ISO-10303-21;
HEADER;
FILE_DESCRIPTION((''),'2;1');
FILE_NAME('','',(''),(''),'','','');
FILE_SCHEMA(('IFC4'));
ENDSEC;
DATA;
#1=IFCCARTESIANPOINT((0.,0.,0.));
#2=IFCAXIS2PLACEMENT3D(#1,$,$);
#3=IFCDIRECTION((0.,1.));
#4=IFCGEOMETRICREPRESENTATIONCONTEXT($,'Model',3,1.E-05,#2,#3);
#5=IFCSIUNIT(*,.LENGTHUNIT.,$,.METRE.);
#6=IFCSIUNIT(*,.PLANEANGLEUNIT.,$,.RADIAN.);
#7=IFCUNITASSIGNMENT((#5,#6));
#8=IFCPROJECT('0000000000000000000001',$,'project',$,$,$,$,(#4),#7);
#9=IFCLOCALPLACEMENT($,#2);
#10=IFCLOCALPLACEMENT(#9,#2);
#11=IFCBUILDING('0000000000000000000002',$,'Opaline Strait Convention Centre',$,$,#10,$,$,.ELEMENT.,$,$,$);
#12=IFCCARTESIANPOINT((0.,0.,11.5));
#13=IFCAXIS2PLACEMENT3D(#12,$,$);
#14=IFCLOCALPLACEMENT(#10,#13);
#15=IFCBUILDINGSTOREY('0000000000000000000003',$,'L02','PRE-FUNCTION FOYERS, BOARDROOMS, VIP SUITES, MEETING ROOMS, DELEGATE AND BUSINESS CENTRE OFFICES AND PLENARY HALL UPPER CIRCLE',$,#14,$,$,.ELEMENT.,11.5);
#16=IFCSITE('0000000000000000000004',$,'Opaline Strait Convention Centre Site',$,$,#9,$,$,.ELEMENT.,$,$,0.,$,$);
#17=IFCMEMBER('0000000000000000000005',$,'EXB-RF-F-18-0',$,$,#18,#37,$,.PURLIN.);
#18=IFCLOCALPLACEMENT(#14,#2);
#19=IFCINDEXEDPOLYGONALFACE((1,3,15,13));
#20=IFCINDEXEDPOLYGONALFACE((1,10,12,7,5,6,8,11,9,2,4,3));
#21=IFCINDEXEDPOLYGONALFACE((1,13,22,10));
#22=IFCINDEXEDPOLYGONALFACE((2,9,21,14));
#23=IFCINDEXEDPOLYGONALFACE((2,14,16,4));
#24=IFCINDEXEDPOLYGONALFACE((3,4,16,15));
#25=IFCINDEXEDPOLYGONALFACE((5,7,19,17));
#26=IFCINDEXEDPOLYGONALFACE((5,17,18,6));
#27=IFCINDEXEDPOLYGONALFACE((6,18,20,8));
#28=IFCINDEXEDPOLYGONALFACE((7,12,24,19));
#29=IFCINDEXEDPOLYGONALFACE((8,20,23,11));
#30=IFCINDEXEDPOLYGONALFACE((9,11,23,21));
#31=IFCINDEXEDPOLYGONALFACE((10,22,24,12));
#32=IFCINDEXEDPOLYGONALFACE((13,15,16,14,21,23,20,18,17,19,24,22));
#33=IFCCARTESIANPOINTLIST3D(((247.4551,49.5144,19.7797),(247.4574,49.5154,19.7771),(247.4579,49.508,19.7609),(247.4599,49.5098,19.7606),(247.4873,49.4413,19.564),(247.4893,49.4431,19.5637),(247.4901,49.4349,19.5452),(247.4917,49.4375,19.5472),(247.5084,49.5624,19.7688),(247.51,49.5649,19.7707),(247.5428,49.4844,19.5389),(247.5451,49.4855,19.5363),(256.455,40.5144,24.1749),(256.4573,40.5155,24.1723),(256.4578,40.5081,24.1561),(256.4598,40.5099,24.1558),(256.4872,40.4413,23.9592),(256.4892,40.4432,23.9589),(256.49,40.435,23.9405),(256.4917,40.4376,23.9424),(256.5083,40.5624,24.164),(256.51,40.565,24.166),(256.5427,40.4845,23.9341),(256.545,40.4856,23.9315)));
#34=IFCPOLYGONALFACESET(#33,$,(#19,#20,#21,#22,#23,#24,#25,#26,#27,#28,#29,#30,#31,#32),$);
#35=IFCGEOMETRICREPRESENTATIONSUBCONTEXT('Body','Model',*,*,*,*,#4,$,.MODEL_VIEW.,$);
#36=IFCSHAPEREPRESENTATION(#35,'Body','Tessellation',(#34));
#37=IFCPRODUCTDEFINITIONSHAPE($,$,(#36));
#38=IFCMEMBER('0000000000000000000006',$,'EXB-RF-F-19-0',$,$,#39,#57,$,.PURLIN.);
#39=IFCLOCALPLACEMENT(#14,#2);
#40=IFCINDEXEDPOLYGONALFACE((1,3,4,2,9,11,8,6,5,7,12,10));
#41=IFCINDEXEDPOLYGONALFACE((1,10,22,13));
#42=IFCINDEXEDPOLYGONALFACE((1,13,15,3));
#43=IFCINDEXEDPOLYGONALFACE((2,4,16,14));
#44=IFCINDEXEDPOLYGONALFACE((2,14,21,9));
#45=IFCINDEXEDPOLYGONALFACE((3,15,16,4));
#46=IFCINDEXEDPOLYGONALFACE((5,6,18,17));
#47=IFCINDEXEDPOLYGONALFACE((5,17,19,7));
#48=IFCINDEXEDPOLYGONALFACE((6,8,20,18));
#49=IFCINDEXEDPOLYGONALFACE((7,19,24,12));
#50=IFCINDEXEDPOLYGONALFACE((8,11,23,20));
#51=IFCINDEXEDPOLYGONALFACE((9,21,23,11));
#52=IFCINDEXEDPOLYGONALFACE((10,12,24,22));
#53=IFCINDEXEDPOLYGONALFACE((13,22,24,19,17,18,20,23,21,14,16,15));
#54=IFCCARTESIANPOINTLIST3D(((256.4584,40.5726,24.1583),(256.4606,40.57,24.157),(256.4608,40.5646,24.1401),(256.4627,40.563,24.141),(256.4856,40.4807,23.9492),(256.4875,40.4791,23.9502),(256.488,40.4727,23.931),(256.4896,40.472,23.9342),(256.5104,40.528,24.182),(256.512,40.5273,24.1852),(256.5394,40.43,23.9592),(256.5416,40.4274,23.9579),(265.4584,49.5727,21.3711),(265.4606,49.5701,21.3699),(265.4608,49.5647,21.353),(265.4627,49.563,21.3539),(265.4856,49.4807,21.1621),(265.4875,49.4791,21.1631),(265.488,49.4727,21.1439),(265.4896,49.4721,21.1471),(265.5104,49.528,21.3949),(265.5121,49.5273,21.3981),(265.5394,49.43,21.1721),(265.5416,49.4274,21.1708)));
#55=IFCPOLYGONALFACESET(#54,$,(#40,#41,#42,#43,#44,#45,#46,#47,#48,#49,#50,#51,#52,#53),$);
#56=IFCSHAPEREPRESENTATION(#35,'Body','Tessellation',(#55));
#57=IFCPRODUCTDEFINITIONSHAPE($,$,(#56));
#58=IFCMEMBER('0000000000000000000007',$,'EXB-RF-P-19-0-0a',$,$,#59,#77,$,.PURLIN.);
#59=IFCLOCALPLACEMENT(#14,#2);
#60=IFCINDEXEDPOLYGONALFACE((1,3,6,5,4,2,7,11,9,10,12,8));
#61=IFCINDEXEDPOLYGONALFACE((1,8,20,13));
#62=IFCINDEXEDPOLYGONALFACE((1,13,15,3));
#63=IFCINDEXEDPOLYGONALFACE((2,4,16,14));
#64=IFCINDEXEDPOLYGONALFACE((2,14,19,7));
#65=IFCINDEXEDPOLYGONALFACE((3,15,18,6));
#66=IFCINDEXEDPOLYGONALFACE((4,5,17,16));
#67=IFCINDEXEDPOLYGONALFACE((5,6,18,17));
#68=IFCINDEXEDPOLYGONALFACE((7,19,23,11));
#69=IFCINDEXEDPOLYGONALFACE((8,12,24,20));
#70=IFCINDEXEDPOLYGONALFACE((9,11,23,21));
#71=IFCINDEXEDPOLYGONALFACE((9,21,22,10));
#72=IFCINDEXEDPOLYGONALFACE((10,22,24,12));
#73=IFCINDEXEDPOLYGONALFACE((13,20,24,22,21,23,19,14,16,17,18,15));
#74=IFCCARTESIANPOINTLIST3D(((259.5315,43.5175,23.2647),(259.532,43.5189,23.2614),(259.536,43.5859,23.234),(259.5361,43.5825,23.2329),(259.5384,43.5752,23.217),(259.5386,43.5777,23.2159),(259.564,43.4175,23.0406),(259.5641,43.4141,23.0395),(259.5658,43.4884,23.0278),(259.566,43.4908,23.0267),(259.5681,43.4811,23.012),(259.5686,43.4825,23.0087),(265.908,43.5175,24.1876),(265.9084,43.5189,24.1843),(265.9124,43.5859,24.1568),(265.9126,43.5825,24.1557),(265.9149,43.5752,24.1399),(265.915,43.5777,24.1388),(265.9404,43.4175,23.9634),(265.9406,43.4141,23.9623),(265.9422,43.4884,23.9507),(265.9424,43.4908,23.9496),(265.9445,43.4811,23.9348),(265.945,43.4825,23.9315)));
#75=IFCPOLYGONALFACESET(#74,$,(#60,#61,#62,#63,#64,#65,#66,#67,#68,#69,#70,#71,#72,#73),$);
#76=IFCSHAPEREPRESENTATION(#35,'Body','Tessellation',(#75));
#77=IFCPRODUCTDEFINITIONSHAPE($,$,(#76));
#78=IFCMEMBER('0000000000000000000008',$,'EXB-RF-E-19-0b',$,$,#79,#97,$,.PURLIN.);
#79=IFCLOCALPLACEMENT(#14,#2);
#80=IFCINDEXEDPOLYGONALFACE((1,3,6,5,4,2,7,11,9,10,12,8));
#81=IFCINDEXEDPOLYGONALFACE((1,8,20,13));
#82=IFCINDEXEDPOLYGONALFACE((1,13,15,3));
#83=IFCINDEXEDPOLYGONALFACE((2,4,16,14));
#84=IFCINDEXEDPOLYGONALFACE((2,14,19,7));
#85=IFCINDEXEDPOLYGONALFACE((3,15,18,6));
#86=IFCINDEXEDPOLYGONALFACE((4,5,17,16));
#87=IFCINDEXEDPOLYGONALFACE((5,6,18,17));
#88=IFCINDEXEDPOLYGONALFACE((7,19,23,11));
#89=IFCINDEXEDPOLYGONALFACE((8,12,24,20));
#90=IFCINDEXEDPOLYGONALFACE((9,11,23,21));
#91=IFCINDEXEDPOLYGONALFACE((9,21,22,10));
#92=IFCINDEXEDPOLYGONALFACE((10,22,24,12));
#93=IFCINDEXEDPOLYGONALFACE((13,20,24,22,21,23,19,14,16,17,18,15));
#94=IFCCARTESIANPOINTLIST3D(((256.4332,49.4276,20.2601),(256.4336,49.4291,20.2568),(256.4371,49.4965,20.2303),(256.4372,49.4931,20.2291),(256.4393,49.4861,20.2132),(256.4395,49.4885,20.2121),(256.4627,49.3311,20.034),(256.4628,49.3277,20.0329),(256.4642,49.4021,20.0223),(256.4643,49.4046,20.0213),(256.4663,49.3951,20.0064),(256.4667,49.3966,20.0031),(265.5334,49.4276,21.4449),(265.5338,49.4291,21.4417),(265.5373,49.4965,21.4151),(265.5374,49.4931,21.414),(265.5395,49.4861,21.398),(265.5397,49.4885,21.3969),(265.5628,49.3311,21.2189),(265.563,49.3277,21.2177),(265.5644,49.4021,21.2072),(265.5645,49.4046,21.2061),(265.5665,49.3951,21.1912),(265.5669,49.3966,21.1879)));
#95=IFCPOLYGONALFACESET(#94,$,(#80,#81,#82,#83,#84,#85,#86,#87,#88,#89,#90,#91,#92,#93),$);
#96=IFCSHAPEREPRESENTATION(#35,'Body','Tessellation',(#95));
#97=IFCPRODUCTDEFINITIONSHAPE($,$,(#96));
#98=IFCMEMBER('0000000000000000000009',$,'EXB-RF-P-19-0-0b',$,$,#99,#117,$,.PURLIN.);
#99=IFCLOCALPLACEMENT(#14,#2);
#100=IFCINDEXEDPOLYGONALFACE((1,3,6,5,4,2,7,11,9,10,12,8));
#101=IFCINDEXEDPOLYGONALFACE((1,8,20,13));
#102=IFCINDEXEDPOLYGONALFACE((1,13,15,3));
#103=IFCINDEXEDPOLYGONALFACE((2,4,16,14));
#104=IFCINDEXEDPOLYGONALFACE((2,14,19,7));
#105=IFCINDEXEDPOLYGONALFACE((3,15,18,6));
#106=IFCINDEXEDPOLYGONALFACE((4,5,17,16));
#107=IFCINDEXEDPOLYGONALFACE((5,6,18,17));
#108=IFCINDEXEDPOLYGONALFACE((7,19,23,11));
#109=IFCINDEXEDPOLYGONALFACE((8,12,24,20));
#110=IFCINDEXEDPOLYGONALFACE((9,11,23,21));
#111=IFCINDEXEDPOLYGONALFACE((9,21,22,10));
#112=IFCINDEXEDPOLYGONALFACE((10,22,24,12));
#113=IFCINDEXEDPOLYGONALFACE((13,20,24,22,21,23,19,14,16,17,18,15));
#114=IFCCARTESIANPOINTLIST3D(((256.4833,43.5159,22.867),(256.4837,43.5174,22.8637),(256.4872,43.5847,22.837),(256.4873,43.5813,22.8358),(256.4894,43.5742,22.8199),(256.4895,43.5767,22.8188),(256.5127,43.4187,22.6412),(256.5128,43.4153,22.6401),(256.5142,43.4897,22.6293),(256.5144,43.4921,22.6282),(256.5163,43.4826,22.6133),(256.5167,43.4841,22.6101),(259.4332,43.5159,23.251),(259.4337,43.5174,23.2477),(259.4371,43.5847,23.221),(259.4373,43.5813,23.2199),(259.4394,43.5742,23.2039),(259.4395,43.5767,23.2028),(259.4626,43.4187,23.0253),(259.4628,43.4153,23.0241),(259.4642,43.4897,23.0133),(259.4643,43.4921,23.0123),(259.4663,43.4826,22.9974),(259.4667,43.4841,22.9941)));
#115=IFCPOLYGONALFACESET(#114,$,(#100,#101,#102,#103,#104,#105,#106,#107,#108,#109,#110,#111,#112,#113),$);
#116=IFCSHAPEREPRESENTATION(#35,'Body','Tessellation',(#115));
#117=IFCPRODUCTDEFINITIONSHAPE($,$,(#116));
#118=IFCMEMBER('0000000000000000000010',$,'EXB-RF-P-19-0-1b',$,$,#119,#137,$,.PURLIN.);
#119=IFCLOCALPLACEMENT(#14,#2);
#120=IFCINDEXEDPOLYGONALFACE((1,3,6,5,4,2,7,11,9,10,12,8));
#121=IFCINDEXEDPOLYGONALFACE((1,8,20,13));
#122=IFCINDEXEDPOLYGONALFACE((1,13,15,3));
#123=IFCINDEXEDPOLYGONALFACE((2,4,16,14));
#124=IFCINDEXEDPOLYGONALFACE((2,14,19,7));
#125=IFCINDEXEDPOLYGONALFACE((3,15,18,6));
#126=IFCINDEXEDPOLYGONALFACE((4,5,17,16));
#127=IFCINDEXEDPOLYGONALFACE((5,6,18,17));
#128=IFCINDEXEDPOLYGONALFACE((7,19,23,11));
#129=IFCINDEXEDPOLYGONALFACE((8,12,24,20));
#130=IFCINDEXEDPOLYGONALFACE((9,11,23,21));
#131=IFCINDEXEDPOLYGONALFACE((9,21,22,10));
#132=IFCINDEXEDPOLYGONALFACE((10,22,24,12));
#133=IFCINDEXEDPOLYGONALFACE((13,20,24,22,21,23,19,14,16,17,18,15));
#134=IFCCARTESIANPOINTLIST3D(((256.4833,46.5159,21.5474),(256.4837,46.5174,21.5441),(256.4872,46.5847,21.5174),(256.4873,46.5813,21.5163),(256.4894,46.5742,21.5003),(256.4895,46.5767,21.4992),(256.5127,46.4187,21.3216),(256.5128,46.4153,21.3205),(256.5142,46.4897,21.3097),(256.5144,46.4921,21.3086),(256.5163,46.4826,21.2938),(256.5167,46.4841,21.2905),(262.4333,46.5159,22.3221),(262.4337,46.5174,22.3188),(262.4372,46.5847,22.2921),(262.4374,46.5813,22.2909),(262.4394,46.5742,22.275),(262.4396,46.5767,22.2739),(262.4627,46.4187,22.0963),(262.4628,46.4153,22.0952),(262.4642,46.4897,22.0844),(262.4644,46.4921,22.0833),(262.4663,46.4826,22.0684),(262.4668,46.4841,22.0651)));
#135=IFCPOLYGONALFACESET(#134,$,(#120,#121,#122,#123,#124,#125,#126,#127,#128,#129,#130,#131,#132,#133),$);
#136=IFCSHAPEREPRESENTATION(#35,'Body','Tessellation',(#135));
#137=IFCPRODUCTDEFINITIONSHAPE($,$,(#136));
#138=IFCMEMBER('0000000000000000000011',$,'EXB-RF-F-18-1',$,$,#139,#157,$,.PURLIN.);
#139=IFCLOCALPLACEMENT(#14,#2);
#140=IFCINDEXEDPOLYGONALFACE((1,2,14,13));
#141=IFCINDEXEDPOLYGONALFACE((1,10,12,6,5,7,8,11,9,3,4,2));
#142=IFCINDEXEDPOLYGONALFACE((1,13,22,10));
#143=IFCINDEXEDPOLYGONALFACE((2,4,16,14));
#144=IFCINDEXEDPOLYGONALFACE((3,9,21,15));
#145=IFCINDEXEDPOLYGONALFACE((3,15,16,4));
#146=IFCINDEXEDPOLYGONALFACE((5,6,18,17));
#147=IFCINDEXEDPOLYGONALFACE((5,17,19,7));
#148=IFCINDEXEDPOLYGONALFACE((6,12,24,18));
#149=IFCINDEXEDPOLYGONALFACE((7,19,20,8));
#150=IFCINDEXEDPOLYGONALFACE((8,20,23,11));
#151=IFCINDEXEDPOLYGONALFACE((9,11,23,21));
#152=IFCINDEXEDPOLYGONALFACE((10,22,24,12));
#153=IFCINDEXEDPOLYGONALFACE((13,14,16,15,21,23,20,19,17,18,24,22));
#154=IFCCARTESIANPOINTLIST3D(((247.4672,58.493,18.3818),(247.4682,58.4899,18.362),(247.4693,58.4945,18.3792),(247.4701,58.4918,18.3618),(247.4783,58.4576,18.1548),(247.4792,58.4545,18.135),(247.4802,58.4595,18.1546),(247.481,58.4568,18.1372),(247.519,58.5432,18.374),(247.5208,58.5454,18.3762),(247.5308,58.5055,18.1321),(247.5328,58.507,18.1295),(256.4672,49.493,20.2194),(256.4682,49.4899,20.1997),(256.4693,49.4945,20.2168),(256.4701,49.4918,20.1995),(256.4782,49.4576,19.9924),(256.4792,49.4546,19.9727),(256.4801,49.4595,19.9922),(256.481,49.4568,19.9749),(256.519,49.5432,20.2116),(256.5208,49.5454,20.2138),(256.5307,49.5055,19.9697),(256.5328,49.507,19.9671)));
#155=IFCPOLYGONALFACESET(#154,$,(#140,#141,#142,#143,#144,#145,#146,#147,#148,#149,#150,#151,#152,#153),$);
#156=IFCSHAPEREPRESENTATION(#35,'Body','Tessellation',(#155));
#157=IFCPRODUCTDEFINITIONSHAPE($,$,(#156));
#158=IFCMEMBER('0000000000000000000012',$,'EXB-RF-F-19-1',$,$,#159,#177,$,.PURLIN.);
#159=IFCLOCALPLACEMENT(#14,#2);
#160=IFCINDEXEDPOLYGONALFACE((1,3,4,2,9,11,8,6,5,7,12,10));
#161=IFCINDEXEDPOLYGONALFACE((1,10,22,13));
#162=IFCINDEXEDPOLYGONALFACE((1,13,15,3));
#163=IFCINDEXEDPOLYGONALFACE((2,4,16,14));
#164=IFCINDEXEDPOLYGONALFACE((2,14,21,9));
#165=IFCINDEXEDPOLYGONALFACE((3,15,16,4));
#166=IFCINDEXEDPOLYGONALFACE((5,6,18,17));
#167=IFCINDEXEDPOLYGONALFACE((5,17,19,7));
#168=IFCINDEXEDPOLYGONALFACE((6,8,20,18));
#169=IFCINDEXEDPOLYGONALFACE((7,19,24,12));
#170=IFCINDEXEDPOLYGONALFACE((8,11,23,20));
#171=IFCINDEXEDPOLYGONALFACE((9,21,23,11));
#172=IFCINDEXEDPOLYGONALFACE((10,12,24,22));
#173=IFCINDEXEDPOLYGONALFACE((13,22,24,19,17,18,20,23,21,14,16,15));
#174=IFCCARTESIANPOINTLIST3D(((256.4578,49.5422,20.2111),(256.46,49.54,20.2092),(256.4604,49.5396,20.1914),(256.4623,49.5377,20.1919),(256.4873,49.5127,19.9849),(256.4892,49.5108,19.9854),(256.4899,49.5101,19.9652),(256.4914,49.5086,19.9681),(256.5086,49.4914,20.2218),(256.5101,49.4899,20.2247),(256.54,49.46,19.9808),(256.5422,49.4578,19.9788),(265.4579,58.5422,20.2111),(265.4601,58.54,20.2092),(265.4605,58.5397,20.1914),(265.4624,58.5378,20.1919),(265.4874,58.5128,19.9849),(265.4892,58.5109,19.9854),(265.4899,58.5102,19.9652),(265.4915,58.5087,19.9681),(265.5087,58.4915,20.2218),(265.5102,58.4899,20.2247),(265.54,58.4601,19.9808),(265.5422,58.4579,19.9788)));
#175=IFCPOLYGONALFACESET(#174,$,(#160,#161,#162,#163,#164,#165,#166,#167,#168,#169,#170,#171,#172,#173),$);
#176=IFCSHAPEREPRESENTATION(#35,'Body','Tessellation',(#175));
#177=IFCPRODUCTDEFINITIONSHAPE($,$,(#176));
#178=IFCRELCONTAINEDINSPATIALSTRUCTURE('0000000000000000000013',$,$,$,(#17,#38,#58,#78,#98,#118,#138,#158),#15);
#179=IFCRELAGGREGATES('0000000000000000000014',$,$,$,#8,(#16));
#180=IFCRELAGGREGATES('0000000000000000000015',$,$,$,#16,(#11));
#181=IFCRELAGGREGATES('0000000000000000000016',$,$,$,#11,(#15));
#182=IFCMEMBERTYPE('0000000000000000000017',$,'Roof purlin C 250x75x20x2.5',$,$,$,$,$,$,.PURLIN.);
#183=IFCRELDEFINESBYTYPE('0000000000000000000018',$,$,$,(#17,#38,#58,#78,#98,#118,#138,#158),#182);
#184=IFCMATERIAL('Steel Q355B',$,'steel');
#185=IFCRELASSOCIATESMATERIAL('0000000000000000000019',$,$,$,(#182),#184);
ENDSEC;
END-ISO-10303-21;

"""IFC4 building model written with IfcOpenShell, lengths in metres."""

from ifc_helpers import new_model, si_unit, direction, frame, origin, place, context, subcontext, project, spatial, polyline, outline, extrude, material, material_profile, profile_set, type_object, element, save


model = new_model("IFC4")

# Units and contexts
model_context = context("Model", 3, precision=1e-05, world=origin(), true_north=direction((0.0, 1.0)))
body_context = subcontext(model_context, "Body", "Model", "MODEL_VIEW")
ifc_project = project(units=[si_unit("LENGTHUNIT", "METRE"), si_unit("PLANEANGLEUNIT", "RADIAN")], contexts=[model_context])

# Site, building, storey
site_placement = place(None, origin())
site = spatial("IfcSite", under=ifc_project, at=site_placement, Name="Opaline Strait Convention Centre Site", CompositionType="ELEMENT", RefElevation=0.0)
building_placement = place(site_placement, origin())
building = spatial("IfcBuilding", under=site, at=building_placement, Name="Opaline Strait Convention Centre", CompositionType="ELEMENT")
storey_placement = place(building_placement, frame((0.0, 0.0, 11.5)))
storey = spatial("IfcBuildingStorey", under=building, at=storey_placement, Name="L02", Description="PRE-FUNCTION FOYERS, BOARDROOMS, VIP SUITES, MEETING ROOMS, DELEGATE AND BUSINESS CENTRE OFFICES AND PLENARY HALL UPPER CIRCLE", CompositionType="ELEMENT", Elevation=11.5)

# Members
ifc_material_1 = material(Name="Steel Q355B", Category="steel")
ifc_material_profile_1 = material_profile(ifc_material_1, outline(polyline([(-0.0376, -0.125), (0.0376, -0.125), (0.0376, -0.105), (0.0349, -0.105), (0.0349, -0.1226), (-0.0349, -0.1226), (-0.0349, 0.1226), (0.0349, 0.1226), (0.0349, 0.105), (0.0376, 0.105), (0.0376, 0.125), (-0.0376, 0.125), (-0.0376, -0.125)])), Name="C 250x75x20x2.5")
ifc_profile_set_1 = profile_set([ifc_material_profile_1], Name="Steel Q355B")
member_type_1 = type_object("IfcMemberType", Name="Roof purlin C 250x75x20x2.5", PredefinedType="PURLIN", material=ifc_profile_set_1)
member_1_placement = place(storey_placement, frame((256.5, 40.5, 24.0532), z_axis=(-0.668377, 0.668377, -0.32641), x_axis=(-0.730509, -0.672491, 0.118801)))
element("IfcMember", 1, at=member_1_placement, inside=storey, type_object=member_type_1, Name="EXB-RF-F-18-0", PredefinedType="PURLIN", context=body_context, shape_type="SweptSolid", body=[
    extrude(outline(polyline([(-0.0376, -0.125), (0.0376, -0.125), (0.0376, -0.105), (0.0349, -0.105), (0.0349, -0.1226), (-0.0349, -0.1226), (-0.0349, 0.1226), (0.0349, 0.1226), (0.0349, 0.105), (0.0376, 0.105), (0.0376, 0.125), (-0.0376, 0.125), (-0.0376, -0.125)])), origin(), (0.0, 0.0, 1.0), 13.4653),
])
member_2_placement = place(storey_placement, frame((256.5, 40.5, 24.0581), z_axis=(0.69074, 0.69074, -0.213908), x_axis=(-0.713355, 0.602522, -0.357899)))
element("IfcMember", 2, at=member_2_placement, inside=storey, type_object=member_type_1, Name="EXB-RF-F-19-0", PredefinedType="PURLIN", context=body_context, shape_type="SweptSolid", body=[
    extrude(outline(polyline([(-0.0376, -0.125), (0.0376, -0.125), (0.0376, -0.105), (0.0349, -0.105), (0.0349, -0.1226), (-0.0349, -0.1226), (-0.0349, 0.1226), (0.0349, 0.1226), (0.0349, 0.105), (0.0376, 0.105), (0.0376, 0.125), (-0.0376, 0.125), (-0.0376, -0.125)])), origin(), (0.0, 0.0, 1.0), 13.0295),
])
member_3_placement = place(storey_placement, frame((259.55, 43.5, 23.1367), z_axis=(0.989689, 0.0, 0.143235), x_axis=(0.059254, 0.91042, -0.409419)))
element("IfcMember", 3, at=member_3_placement, inside=storey, type_object=member_type_1, Name="EXB-RF-P-19-0-0a", PredefinedType="PURLIN", context=body_context, shape_type="SweptSolid", body=[
    extrude(outline(polyline([(-0.0376, -0.125), (0.0376, -0.125), (0.0376, -0.105), (0.0349, -0.105), (0.0349, -0.1226), (-0.0349, -0.1226), (-0.0349, 0.1226), (0.0349, 0.1226), (0.0349, 0.105), (0.0376, 0.105), (0.0376, 0.125), (-0.0376, 0.125), (-0.0376, -0.125)])), origin(), (0.0, 0.0, 1.0), 6.4429),
])
member_4_placement = place(storey_placement, frame((256.45, 49.4121, 20.1316), z_axis=(0.99163, 0.0, 0.129108), x_axis=(0.051619, 0.916598, -0.396464)))
element("IfcMember", 4, at=member_4_placement, inside=storey, type_object=member_type_1, Name="EXB-RF-E-19-0b", PredefinedType="PURLIN", context=body_context, shape_type="SweptSolid", body=[
    extrude(outline(polyline([(-0.0376, -0.125), (0.0376, -0.125), (0.0376, -0.105), (0.0349, -0.105), (0.0349, -0.1226), (-0.0349, -0.1226), (-0.0349, 0.1226), (0.0349, 0.1226), (0.0349, 0.105), (0.0376, 0.105), (0.0376, 0.125), (-0.0376, 0.125), (-0.0376, -0.125)])), origin(), (0.0, 0.0, 1.0), 9.177),
])
member_5_placement = place(storey_placement, frame((256.5, 43.5, 22.7385), z_axis=(0.991632, 0.0, 0.129094), x_axis=(0.051978, 0.915359, -0.399271)))
element("IfcMember", 5, at=member_5_placement, inside=storey, type_object=member_type_1, Name="EXB-RF-P-19-0-0b", PredefinedType="PURLIN", context=body_context, shape_type="SweptSolid", body=[
    extrude(outline(polyline([(-0.0376, -0.125), (0.0376, -0.125), (0.0376, -0.105), (0.0349, -0.105), (0.0349, -0.1226), (-0.0349, -0.1226), (-0.0349, 0.1226), (0.0349, 0.1226), (0.0349, 0.105), (0.0376, 0.105), (0.0376, 0.125), (-0.0376, 0.125), (-0.0376, -0.125)])), origin(), (0.0, 0.0, 1.0), 2.9749),
])
member_6_placement = place(storey_placement, frame((256.5, 46.5, 21.4189), z_axis=(0.991631, 0.0, 0.129106), x_axis=(0.051983, 0.915359, -0.39927)))
element("IfcMember", 6, at=member_6_placement, inside=storey, type_object=member_type_1, Name="EXB-RF-P-19-0-1b", PredefinedType="PURLIN", context=body_context, shape_type="SweptSolid", body=[
    extrude(outline(polyline([(-0.0376, -0.125), (0.0376, -0.125), (0.0376, -0.105), (0.0349, -0.105), (0.0349, -0.1226), (-0.0349, -0.1226), (-0.0349, 0.1226), (0.0349, 0.1226), (0.0349, 0.105), (0.0376, 0.105), (0.0376, 0.125), (-0.0376, 0.125), (-0.0376, -0.125)])), origin(), (0.0, 0.0, 1.0), 6.0002),
])
member_7_placement = place(storey_placement, frame((256.5, 49.5, 20.0933), z_axis=(-0.69985, 0.69985, -0.142897), x_axis=(-0.712685, -0.697563, 0.074065)))
element("IfcMember", 7, at=member_7_placement, inside=storey, type_object=member_type_1, Name="EXB-RF-F-18-1", PredefinedType="PURLIN", context=body_context, shape_type="SweptSolid", body=[
    extrude(outline(polyline([(-0.0376, -0.125), (0.0376, -0.125), (0.0376, -0.105), (0.0349, -0.105), (0.0349, -0.1226), (-0.0349, -0.1226), (-0.0349, 0.1226), (0.0349, 0.1226), (0.0349, 0.105), (0.0376, 0.105), (0.0376, 0.125), (-0.0376, 0.125), (-0.0376, -0.125)])), origin(), (0.0, 0.0, 1.0), 12.8599),
])
member_8_placement = place(storey_placement, frame((256.5, 49.5, 20.095), z_axis=(0.707107, 0.707107, 0.0), x_axis=(-0.695419, 0.695419, -0.181067)))
element("IfcMember", 8, at=member_8_placement, inside=storey, type_object=member_type_1, Name="EXB-RF-F-19-1", PredefinedType="PURLIN", context=body_context, shape_type="SweptSolid", body=[
    extrude(outline(polyline([(-0.0376, -0.125), (0.0376, -0.125), (0.0376, -0.105), (0.0349, -0.105), (0.0349, -0.1226), (-0.0349, -0.1226), (-0.0349, 0.1226), (0.0349, 0.1226), (0.0349, 0.105), (0.0376, 0.105), (0.0376, 0.125), (-0.0376, 0.125), (-0.0376, -0.125)])), origin(), (0.0, 0.0, 1.0), 12.728),
])

save(model, "model.ifc")
